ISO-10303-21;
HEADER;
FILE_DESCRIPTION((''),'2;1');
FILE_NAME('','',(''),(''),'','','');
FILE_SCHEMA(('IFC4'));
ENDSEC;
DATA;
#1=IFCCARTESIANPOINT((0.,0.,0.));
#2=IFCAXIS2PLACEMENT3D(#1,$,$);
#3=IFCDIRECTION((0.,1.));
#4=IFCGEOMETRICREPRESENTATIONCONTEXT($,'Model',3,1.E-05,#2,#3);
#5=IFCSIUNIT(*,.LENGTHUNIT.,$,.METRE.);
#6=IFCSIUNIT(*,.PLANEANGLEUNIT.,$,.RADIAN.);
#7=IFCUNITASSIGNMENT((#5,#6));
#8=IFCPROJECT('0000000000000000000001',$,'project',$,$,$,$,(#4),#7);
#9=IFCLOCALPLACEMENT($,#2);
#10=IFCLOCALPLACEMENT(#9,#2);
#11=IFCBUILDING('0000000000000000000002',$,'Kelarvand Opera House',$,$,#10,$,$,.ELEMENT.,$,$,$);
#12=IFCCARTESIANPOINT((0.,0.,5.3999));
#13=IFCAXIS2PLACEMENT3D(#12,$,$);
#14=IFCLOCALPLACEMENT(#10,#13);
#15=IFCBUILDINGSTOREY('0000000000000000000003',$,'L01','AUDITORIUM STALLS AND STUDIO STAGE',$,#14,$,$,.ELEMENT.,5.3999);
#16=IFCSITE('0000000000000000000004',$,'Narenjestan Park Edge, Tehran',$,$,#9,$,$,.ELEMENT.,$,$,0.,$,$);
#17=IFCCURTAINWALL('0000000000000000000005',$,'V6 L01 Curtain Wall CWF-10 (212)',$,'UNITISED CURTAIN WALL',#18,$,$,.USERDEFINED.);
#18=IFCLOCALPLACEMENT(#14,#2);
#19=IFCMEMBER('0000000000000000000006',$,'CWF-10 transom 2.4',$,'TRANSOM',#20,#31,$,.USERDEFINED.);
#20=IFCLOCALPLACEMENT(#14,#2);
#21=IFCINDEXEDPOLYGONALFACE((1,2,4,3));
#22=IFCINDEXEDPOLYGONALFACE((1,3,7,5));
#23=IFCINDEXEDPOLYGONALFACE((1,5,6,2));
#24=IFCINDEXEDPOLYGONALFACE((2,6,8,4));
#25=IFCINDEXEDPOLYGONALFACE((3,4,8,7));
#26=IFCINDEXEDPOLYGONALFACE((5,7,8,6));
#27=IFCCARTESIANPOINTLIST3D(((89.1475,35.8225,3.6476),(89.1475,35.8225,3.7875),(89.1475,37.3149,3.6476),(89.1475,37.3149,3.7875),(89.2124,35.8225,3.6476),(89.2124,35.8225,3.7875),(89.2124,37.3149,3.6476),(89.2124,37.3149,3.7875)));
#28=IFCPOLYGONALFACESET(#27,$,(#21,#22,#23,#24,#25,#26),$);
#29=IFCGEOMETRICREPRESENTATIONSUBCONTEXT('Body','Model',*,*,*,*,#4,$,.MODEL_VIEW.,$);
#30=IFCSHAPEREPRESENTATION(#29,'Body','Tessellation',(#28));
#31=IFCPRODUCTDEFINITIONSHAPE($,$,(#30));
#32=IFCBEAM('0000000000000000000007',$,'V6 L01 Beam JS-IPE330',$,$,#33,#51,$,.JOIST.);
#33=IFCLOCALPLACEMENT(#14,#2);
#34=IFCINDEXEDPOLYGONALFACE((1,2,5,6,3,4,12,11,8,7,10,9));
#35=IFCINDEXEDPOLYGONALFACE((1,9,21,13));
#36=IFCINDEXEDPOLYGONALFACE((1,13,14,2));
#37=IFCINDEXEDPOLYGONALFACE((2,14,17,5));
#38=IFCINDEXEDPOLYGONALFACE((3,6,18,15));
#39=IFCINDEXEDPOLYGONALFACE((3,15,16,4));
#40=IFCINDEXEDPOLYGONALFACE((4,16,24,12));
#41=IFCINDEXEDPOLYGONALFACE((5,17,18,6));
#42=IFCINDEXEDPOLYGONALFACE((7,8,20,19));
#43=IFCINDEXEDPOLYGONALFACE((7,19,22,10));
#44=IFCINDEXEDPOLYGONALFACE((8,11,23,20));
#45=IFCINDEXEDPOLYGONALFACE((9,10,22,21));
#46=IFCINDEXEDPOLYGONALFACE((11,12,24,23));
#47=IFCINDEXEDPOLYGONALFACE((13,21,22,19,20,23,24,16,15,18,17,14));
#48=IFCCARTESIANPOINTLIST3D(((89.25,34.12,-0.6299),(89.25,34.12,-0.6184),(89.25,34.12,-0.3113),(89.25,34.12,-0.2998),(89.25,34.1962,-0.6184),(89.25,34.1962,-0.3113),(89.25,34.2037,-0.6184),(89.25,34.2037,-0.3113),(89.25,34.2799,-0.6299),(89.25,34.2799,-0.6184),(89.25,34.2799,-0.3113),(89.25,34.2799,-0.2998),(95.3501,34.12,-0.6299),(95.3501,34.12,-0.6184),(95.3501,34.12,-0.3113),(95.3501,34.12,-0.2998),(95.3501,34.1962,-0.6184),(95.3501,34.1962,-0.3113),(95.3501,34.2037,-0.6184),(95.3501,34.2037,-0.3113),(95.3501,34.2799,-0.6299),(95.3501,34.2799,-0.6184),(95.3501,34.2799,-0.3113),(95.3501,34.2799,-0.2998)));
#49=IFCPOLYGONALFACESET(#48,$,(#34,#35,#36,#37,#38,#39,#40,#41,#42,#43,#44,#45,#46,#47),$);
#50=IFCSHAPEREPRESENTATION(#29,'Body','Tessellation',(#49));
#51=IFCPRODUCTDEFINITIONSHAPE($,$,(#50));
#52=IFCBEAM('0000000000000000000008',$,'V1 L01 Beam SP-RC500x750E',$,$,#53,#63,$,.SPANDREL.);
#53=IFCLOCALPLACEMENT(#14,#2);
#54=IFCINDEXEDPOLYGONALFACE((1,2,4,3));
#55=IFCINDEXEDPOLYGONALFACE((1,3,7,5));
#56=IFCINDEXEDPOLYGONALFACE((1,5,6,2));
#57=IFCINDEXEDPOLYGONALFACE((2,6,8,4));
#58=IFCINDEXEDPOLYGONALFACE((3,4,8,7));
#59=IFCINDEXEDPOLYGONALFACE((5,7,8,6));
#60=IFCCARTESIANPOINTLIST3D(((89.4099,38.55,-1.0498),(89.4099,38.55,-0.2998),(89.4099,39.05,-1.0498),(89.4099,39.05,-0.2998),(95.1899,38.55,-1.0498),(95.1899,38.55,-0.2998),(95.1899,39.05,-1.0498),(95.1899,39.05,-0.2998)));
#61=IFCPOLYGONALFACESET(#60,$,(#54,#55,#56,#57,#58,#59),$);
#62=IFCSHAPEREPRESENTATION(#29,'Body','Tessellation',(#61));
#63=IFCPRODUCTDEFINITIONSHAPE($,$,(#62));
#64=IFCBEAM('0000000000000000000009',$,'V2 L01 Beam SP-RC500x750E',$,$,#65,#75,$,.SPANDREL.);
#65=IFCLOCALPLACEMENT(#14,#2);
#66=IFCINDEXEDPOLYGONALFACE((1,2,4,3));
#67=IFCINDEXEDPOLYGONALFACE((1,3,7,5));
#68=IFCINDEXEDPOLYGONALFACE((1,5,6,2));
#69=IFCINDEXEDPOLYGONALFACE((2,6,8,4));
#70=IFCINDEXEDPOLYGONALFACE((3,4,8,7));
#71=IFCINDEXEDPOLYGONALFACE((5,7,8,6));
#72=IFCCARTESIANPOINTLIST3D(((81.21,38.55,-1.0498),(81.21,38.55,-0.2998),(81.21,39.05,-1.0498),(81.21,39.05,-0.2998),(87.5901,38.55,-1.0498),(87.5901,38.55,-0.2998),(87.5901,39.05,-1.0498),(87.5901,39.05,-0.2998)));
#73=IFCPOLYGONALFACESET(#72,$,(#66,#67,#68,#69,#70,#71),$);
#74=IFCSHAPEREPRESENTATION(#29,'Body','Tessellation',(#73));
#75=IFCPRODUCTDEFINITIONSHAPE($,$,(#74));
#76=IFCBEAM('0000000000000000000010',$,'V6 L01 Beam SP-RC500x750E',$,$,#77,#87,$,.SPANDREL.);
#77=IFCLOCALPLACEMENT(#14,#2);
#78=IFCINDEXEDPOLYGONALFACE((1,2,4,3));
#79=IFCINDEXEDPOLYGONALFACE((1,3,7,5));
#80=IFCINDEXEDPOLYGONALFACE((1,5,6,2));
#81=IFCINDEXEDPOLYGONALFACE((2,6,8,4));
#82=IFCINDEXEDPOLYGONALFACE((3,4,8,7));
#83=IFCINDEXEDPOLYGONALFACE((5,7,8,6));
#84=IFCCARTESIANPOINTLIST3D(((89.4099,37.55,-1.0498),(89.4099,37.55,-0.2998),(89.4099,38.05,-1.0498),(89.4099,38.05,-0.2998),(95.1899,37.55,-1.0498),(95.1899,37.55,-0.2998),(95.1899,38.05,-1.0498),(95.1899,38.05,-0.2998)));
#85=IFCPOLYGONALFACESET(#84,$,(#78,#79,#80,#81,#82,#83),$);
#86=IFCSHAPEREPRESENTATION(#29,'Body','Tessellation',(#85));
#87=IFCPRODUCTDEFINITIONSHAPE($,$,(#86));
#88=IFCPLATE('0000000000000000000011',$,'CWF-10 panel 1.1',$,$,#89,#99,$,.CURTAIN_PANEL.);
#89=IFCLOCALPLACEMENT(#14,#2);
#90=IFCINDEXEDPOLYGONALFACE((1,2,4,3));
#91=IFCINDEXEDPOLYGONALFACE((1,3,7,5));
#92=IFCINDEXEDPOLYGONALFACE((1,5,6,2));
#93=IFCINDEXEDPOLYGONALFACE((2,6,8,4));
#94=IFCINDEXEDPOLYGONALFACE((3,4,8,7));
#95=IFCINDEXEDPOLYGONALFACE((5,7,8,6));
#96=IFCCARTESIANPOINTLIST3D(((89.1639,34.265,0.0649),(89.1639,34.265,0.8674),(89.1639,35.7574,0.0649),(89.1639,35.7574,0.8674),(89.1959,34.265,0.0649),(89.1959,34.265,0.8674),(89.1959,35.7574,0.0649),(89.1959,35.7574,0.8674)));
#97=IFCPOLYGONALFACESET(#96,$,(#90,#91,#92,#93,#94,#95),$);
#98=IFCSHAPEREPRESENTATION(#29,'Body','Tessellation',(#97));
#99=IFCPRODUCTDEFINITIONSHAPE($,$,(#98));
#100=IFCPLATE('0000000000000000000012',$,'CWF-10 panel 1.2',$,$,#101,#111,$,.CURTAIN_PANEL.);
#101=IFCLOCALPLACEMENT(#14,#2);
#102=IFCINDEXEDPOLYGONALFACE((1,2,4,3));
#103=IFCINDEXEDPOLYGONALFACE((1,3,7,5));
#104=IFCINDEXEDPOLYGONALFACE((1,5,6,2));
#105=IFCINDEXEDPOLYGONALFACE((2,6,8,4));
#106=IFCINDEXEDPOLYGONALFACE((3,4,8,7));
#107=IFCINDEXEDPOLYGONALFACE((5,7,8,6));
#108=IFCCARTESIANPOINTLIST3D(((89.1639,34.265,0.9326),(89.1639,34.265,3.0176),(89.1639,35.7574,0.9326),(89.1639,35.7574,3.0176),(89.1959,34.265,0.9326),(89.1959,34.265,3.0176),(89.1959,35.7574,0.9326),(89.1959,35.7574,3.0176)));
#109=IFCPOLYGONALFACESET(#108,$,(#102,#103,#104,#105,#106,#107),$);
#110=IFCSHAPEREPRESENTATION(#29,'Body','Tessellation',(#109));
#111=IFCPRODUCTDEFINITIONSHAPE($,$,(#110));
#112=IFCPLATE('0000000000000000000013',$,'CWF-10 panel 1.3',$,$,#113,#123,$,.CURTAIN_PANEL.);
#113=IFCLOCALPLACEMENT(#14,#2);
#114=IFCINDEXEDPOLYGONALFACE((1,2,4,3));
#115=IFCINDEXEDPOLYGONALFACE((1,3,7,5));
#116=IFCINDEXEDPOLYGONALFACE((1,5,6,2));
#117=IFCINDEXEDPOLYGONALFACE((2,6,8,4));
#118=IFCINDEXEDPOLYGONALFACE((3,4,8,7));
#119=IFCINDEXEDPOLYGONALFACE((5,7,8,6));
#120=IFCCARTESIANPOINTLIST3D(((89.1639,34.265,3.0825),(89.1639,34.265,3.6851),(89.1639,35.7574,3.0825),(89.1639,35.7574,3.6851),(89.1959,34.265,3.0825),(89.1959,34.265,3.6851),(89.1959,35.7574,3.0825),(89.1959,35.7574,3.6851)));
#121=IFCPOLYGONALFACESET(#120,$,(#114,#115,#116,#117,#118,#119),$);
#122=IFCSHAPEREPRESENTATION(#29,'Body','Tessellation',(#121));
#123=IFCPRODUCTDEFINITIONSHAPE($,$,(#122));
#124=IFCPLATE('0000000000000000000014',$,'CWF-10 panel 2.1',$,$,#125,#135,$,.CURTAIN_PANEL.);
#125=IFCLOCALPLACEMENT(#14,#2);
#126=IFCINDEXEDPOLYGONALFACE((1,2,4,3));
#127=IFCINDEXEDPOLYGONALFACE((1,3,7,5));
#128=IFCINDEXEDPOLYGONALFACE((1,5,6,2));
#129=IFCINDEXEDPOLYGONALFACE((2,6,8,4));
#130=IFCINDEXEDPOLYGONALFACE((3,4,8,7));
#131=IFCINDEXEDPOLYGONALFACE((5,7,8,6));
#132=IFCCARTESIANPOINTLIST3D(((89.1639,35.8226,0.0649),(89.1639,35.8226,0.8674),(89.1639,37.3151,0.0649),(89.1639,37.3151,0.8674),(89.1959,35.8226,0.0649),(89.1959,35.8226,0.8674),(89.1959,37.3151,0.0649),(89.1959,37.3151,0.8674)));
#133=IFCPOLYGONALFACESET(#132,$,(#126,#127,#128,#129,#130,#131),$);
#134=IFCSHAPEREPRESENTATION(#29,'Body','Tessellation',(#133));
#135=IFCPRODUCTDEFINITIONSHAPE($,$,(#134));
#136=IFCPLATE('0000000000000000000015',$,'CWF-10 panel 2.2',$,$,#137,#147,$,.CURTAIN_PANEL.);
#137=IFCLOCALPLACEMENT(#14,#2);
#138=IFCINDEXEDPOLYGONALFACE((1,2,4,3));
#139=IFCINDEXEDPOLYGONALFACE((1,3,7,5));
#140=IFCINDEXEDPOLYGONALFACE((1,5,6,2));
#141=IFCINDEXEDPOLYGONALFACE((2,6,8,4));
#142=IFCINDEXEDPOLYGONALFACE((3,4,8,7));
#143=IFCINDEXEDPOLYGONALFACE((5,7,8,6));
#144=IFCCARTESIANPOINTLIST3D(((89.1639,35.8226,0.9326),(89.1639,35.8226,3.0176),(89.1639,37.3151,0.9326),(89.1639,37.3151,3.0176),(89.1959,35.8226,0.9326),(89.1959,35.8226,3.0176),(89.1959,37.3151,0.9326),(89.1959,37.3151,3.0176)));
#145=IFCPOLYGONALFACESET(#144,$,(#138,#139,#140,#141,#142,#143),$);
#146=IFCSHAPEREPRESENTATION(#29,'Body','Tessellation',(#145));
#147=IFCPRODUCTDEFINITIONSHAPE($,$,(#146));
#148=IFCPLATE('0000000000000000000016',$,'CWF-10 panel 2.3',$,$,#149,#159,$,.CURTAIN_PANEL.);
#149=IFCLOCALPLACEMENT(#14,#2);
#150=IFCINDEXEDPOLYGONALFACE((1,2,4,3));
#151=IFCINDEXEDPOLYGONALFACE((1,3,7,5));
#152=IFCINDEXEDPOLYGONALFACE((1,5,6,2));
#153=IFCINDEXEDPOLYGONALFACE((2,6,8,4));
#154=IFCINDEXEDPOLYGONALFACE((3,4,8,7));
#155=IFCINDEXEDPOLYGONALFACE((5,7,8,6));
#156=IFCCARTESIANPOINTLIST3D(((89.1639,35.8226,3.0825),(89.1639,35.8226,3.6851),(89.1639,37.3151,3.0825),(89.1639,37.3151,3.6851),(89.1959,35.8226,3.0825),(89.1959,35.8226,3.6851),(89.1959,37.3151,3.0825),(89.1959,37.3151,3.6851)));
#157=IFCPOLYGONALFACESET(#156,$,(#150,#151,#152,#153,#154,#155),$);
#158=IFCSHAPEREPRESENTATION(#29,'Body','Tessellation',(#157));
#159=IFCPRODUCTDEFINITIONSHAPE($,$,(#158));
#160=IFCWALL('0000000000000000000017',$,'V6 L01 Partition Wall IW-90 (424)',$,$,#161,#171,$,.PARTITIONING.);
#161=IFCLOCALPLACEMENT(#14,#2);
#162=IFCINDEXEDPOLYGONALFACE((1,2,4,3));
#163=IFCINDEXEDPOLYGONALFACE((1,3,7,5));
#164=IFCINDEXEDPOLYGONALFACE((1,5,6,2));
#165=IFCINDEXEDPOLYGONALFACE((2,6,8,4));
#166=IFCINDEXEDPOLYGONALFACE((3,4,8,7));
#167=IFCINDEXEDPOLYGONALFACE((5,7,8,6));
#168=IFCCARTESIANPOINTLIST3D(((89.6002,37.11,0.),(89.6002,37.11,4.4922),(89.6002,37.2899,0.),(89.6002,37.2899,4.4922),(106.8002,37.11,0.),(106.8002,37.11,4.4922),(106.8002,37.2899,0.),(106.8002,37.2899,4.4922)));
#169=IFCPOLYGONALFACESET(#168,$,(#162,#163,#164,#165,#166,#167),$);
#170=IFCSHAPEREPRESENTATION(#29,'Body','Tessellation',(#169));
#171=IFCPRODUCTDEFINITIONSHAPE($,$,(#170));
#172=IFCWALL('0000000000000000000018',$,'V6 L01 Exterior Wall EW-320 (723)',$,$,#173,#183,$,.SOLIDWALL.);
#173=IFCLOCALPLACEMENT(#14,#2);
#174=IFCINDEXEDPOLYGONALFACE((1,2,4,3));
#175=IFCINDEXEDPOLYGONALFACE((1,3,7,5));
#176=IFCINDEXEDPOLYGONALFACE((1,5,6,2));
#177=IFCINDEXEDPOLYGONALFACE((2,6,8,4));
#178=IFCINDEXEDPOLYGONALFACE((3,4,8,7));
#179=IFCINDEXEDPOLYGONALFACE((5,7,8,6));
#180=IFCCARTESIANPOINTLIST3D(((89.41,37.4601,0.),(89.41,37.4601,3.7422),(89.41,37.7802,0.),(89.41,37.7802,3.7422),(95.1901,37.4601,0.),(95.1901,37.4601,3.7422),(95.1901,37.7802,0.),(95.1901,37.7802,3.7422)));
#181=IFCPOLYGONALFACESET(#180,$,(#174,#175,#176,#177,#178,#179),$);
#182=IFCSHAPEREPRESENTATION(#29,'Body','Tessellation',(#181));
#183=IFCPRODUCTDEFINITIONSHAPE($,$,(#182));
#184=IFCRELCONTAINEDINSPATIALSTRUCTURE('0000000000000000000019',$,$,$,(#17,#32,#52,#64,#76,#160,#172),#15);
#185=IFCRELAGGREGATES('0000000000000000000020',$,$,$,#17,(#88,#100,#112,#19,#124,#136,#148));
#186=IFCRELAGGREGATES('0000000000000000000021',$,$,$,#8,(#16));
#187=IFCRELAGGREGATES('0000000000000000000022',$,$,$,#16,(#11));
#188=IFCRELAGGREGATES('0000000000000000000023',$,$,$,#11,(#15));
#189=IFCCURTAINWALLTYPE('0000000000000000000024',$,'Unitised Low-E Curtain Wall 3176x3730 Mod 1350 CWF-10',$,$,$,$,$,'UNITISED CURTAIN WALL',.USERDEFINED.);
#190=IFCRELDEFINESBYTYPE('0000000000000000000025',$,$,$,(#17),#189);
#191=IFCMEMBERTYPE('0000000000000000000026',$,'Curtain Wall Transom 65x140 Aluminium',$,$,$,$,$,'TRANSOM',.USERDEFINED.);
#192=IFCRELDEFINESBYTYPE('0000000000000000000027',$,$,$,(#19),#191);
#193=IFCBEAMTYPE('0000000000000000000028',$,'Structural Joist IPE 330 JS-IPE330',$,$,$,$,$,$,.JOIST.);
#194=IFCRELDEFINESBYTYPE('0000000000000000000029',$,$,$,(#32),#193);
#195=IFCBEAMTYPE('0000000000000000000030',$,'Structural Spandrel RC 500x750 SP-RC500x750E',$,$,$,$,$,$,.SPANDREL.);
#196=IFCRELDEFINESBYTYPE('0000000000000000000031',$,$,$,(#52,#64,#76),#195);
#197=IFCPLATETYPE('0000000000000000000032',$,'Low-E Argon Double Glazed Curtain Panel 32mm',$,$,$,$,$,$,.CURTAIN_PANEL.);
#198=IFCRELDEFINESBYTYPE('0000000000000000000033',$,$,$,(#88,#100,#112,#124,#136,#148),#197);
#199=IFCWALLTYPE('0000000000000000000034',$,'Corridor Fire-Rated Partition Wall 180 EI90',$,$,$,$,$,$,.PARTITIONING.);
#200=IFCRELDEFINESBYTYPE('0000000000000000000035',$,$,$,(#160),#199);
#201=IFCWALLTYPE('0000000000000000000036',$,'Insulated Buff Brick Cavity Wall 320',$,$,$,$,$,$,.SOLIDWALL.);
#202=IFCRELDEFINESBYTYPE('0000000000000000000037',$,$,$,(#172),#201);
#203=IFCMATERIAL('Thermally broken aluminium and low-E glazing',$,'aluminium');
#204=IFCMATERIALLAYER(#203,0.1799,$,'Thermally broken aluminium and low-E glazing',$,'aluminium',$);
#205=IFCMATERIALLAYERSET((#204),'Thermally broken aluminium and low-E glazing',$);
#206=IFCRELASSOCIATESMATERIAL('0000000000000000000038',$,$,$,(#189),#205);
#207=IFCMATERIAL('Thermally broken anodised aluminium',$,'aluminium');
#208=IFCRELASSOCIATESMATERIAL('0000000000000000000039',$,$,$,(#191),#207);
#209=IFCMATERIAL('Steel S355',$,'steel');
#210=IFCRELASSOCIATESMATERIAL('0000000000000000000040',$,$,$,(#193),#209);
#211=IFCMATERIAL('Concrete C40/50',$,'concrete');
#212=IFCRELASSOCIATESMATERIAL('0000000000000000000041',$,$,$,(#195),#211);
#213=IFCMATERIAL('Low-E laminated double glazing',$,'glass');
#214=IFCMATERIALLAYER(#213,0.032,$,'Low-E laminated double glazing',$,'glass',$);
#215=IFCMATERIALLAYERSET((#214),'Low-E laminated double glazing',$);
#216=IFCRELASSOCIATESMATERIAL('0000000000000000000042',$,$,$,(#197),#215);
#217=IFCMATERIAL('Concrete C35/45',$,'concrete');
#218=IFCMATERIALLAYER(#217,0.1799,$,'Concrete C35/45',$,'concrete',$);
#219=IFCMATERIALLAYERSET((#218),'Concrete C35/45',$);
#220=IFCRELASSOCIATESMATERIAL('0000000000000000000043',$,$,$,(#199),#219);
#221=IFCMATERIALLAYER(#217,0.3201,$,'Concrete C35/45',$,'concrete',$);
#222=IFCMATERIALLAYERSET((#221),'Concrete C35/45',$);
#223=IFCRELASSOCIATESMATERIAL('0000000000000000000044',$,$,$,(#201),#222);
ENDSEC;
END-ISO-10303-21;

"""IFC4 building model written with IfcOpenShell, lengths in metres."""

from ifc_helpers import new_model, si_unit, direction, frame, frame_2d, origin, origin_2d, place, context, subcontext, project, spatial, rectangle, i_section, extrude, material, layer, layer_set, material_profile, profile_set, type_object, element, aggregate, save


model = new_model("IFC4")

# Units and contexts
model_context = context("Model", 3, precision=1e-05, world=origin(), true_north=direction((0.0, 1.0)))
body_context = subcontext(model_context, "Body", "Model", "MODEL_VIEW")
ifc_project = project(units=[si_unit("LENGTHUNIT", "METRE"), si_unit("PLANEANGLEUNIT", "RADIAN")], contexts=[model_context])

# Site, building, storey
site_placement = place(None, origin())
site = spatial("IfcSite", under=ifc_project, at=site_placement, Name="Narenjestan Park Edge, Tehran", CompositionType="ELEMENT", RefElevation=0.0)
building_placement = place(site_placement, origin())
building = spatial("IfcBuilding", under=site, at=building_placement, Name="Kelarvand Opera House", CompositionType="ELEMENT")
storey_placement = place(building_placement, frame((0.0, 0.0, 5.3999)))
storey = spatial("IfcBuildingStorey", under=building, at=storey_placement, Name="L01", Description="AUDITORIUM STALLS AND STUDIO STAGE", CompositionType="ELEMENT", Elevation=5.3999)

# Shared definitions
ifc_material_1 = material(Name="Concrete C40/50", Category="concrete")

# Curtain wall
ifc_material_2 = material(Name="Thermally broken aluminium and low-E glazing", Category="aluminium")
ifc_layer_1 = layer(ifc_material_2, 0.1799, Name="Thermally broken aluminium and low-E glazing", Category="aluminium")
ifc_layer_set_1 = layer_set([ifc_layer_1], Name="Thermally broken aluminium and low-E glazing")
curtain_wall_type = type_object("IfcCurtainWallType", Name="Unitised Low-E Curtain Wall 3176x3730 Mod 1350 CWF-10", ElementType="UNITISED CURTAIN WALL", PredefinedType="USERDEFINED", material=ifc_layer_set_1)
curtain_wall_1_placement = place(storey_placement, origin())
curtain_wall_1 = element("IfcCurtainWall", 1, at=curtain_wall_1_placement, inside=storey, type_object=curtain_wall_type, Name="V6 L01 Curtain Wall CWF-10 (212)", ObjectType="UNITISED CURTAIN WALL", PredefinedType="USERDEFINED")
ifc_material_3 = material(Name="Thermally broken anodised aluminium", Category="aluminium")

# Shared definitions
ifc_material_profile_1 = material_profile(ifc_material_3, rectangle(XDim=0.0649, YDim=0.1399, at=origin_2d()), Name="ALU TRANSOM 65x140", Category="aluminium")
ifc_profile_set_1 = profile_set([ifc_material_profile_1], Name="Thermally broken anodised aluminium")
member_type_1 = type_object("IfcMemberType", Name="Curtain Wall Transom 65x140 Aluminium", ElementType="TRANSOM", PredefinedType="USERDEFINED", material=ifc_profile_set_1)

# Member
member_1_placement = place(storey_placement, frame((89.1799, 35.8225, 3.7175), z_axis=(0.0, 1.0, 0.0), x_axis=(-1.0, 0.0, 0.0)))
member_1 = element("IfcMember", 2, at=member_1_placement, type_object=member_type_1, Name="CWF-10 transom 2.4", ObjectType="TRANSOM", PredefinedType="USERDEFINED", context=body_context, shape_type="SweptSolid", body=[
    extrude(rectangle(XDim=0.0649, YDim=0.1399, at=origin_2d()), origin(), (0.0, 0.0, 1.0), 1.4924),
])

# Beams
ifc_material_4 = material(Name="Steel S355", Category="steel")
ifc_material_profile_2 = material_profile(ifc_material_4, i_section(OverallWidth=0.1599, OverallDepth=0.3301, WebThickness=0.0076, FlangeThickness=0.0115, at=origin_2d()), Name="IPE 330", Category="steel")
ifc_profile_set_2 = profile_set([ifc_material_profile_2], Name="Steel S355")
beam_type_1 = type_object("IfcBeamType", Name="Structural Joist IPE 330 JS-IPE330", PredefinedType="JOIST", material=ifc_profile_set_2)
beam_1_placement = place(storey_placement, frame((89.25, 34.2, -0.4648), z_axis=(1.0, 0.0, 0.0), x_axis=(0.0, 1.0, 0.0)))
element("IfcBeam", 3, at=beam_1_placement, inside=storey, type_object=beam_type_1, Name="V6 L01 Beam JS-IPE330", PredefinedType="JOIST", context=body_context, shape_type="SweptSolid", body=[
    extrude(i_section(OverallWidth=0.1599, OverallDepth=0.3301, WebThickness=0.0076, FlangeThickness=0.0115, at=origin_2d()), origin(), (0.0, 0.0, 1.0), 6.1001),
])
ifc_material_profile_3 = material_profile(ifc_material_1, rectangle(XDim=0.5, YDim=0.75, at=origin_2d()), Name="RC 500x750", Category="concrete")
ifc_profile_set_3 = profile_set([ifc_material_profile_3], Name="Concrete C40/50")
beam_type_2 = type_object("IfcBeamType", Name="Structural Spandrel RC 500x750 SP-RC500x750E", PredefinedType="SPANDREL", material=ifc_profile_set_3)
beam_2_placement = place(storey_placement, frame((89.4099, 38.8, -0.6748), z_axis=(1.0, 0.0, 0.0), x_axis=(0.0, 1.0, 0.0)))
element("IfcBeam", 4, at=beam_2_placement, inside=storey, type_object=beam_type_2, Name="V1 L01 Beam SP-RC500x750E", PredefinedType="SPANDREL", context=body_context, shape_type="SweptSolid", body=[
    extrude(rectangle(XDim=0.5, YDim=0.75, at=origin_2d()), origin(), (0.0, 0.0, 1.0), 5.78),
])
beam_3_placement = place(storey_placement, frame((81.21, 38.8, -0.6748), z_axis=(1.0, 0.0, 0.0), x_axis=(0.0, 1.0, 0.0)))
element("IfcBeam", 5, at=beam_3_placement, inside=storey, type_object=beam_type_2, Name="V2 L01 Beam SP-RC500x750E", PredefinedType="SPANDREL", context=body_context, shape_type="SweptSolid", body=[
    extrude(rectangle(XDim=0.5, YDim=0.75, at=origin_2d()), origin(), (0.0, 0.0, 1.0), 6.3801),
])
beam_4_placement = place(storey_placement, frame((89.4099, 37.8, -0.6748), z_axis=(1.0, 0.0, 0.0), x_axis=(0.0, 1.0, 0.0)))
element("IfcBeam", 6, at=beam_4_placement, inside=storey, type_object=beam_type_2, Name="V6 L01 Beam SP-RC500x750E", PredefinedType="SPANDREL", context=body_context, shape_type="SweptSolid", body=[
    extrude(rectangle(XDim=0.5, YDim=0.75, at=origin_2d()), origin(), (0.0, 0.0, 1.0), 5.78),
])

# Plates
ifc_material_5 = material(Name="Low-E laminated double glazing", Category="glass")
ifc_layer_2 = layer(ifc_material_5, 0.032, Name="Low-E laminated double glazing", Category="glass")
ifc_layer_set_2 = layer_set([ifc_layer_2], Name="Low-E laminated double glazing")
plate_type = type_object("IfcPlateType", Name="Low-E Argon Double Glazed Curtain Panel 32mm", PredefinedType="CURTAIN_PANEL", material=ifc_layer_set_2)
plate_1_placement = place(storey_placement, frame((89.1799, 35.0112, 0.0649), z_axis=(0.0, 0.0, 1.0), x_axis=(0.0, 1.0, 0.0)))
plate_1 = element("IfcPlate", 7, at=plate_1_placement, type_object=plate_type, Name="CWF-10 panel 1.1", PredefinedType="CURTAIN_PANEL", context=body_context, shape_type="SweptSolid", body=[
    extrude(rectangle(XDim=1.4924, YDim=0.032, at=origin_2d()), origin(), (0.0, 0.0, 1.0), 0.8025),
])
plate_2_placement = place(storey_placement, frame((89.1799, 35.0112, 0.9326), z_axis=(0.0, 0.0, 1.0), x_axis=(0.0, 1.0, 0.0)))
plate_2 = element("IfcPlate", 8, at=plate_2_placement, type_object=plate_type, Name="CWF-10 panel 1.2", PredefinedType="CURTAIN_PANEL", context=body_context, shape_type="SweptSolid", body=[
    extrude(rectangle(XDim=1.4924, YDim=0.032, at=origin_2d()), origin(), (0.0, 0.0, 1.0), 2.085),
])
plate_3_placement = place(storey_placement, frame((89.1799, 35.0112, 3.0825), z_axis=(0.0, 0.0, 1.0), x_axis=(0.0, 1.0, 0.0)))
plate_3 = element("IfcPlate", 9, at=plate_3_placement, type_object=plate_type, Name="CWF-10 panel 1.3", PredefinedType="CURTAIN_PANEL", context=body_context, shape_type="SweptSolid", body=[
    extrude(rectangle(XDim=1.4924, YDim=0.032, at=origin_2d()), origin(), (0.0, 0.0, 1.0), 0.6025),
])
plate_4_placement = place(storey_placement, frame((89.1799, 36.5688, 0.0649), z_axis=(0.0, 0.0, 1.0), x_axis=(0.0, 1.0, 0.0)))
plate_4 = element("IfcPlate", 10, at=plate_4_placement, type_object=plate_type, Name="CWF-10 panel 2.1", PredefinedType="CURTAIN_PANEL", context=body_context, shape_type="SweptSolid", body=[
    extrude(rectangle(XDim=1.4924, YDim=0.032, at=origin_2d()), origin(), (0.0, 0.0, 1.0), 0.8025),
])
plate_5_placement = place(storey_placement, frame((89.1799, 36.5688, 0.9326), z_axis=(0.0, 0.0, 1.0), x_axis=(0.0, 1.0, 0.0)))
plate_5 = element("IfcPlate", 11, at=plate_5_placement, type_object=plate_type, Name="CWF-10 panel 2.2", PredefinedType="CURTAIN_PANEL", context=body_context, shape_type="SweptSolid", body=[
    extrude(rectangle(XDim=1.4924, YDim=0.032, at=origin_2d()), origin(), (0.0, 0.0, 1.0), 2.085),
])
plate_6_placement = place(storey_placement, frame((89.1799, 36.5688, 3.0825), z_axis=(0.0, 0.0, 1.0), x_axis=(0.0, 1.0, 0.0)))
plate_6 = element("IfcPlate", 12, at=plate_6_placement, type_object=plate_type, Name="CWF-10 panel 2.3", PredefinedType="CURTAIN_PANEL", context=body_context, shape_type="SweptSolid", body=[
    extrude(rectangle(XDim=1.4924, YDim=0.032, at=origin_2d()), origin(), (0.0, 0.0, 1.0), 0.6025),
])
aggregate(curtain_wall_1, [plate_1, plate_2, plate_3, member_1, plate_4, plate_5, plate_6])

# Walls
ifc_material_6 = material(Name="Concrete C35/45", Category="concrete")
ifc_layer_3 = layer(ifc_material_6, 0.1799, Name="Concrete C35/45", Category="concrete")
ifc_layer_set_3 = layer_set([ifc_layer_3], Name="Concrete C35/45")
wall_type_1 = type_object("IfcWallType", Name="Corridor Fire-Rated Partition Wall 180 EI90", PredefinedType="PARTITIONING", material=ifc_layer_set_3)
wall_1_placement = place(storey_placement, frame((89.6001, 37.2, 0.0), z_axis=(0.0, 0.0, 1.0), x_axis=(1.0, 0.0, 0.0)))
element("IfcWall", 13, at=wall_1_placement, inside=storey, type_object=wall_type_1, Name="V6 L01 Partition Wall IW-90 (424)", PredefinedType="PARTITIONING", context=body_context, shape_type="SweptSolid", body=[
    extrude(rectangle(XDim=17.2, YDim=0.1799, at=frame_2d((8.6001, 0.0))), origin(), (0.0, 0.0, 1.0), 4.4922),
])
ifc_layer_4 = layer(ifc_material_6, 0.3201, Name="Concrete C35/45", Category="concrete")
ifc_layer_set_4 = layer_set([ifc_layer_4], Name="Concrete C35/45")
wall_type_2 = type_object("IfcWallType", Name="Insulated Buff Brick Cavity Wall 320", PredefinedType="SOLIDWALL", material=ifc_layer_set_4)
wall_2_placement = place(storey_placement, frame((89.4099, 37.6201, 0.0), z_axis=(0.0, 0.0, 1.0), x_axis=(1.0, 0.0, 0.0)))
element("IfcWall", 14, at=wall_2_placement, inside=storey, type_object=wall_type_2, Name="V6 L01 Exterior Wall EW-320 (723)", PredefinedType="SOLIDWALL", context=body_context, shape_type="SweptSolid", body=[
    extrude(rectangle(XDim=5.78, YDim=0.3201, at=frame_2d((2.8901, 0.0))), origin(), (0.0, 0.0, 1.0), 3.7422),
])

save(model, "model.ifc")
